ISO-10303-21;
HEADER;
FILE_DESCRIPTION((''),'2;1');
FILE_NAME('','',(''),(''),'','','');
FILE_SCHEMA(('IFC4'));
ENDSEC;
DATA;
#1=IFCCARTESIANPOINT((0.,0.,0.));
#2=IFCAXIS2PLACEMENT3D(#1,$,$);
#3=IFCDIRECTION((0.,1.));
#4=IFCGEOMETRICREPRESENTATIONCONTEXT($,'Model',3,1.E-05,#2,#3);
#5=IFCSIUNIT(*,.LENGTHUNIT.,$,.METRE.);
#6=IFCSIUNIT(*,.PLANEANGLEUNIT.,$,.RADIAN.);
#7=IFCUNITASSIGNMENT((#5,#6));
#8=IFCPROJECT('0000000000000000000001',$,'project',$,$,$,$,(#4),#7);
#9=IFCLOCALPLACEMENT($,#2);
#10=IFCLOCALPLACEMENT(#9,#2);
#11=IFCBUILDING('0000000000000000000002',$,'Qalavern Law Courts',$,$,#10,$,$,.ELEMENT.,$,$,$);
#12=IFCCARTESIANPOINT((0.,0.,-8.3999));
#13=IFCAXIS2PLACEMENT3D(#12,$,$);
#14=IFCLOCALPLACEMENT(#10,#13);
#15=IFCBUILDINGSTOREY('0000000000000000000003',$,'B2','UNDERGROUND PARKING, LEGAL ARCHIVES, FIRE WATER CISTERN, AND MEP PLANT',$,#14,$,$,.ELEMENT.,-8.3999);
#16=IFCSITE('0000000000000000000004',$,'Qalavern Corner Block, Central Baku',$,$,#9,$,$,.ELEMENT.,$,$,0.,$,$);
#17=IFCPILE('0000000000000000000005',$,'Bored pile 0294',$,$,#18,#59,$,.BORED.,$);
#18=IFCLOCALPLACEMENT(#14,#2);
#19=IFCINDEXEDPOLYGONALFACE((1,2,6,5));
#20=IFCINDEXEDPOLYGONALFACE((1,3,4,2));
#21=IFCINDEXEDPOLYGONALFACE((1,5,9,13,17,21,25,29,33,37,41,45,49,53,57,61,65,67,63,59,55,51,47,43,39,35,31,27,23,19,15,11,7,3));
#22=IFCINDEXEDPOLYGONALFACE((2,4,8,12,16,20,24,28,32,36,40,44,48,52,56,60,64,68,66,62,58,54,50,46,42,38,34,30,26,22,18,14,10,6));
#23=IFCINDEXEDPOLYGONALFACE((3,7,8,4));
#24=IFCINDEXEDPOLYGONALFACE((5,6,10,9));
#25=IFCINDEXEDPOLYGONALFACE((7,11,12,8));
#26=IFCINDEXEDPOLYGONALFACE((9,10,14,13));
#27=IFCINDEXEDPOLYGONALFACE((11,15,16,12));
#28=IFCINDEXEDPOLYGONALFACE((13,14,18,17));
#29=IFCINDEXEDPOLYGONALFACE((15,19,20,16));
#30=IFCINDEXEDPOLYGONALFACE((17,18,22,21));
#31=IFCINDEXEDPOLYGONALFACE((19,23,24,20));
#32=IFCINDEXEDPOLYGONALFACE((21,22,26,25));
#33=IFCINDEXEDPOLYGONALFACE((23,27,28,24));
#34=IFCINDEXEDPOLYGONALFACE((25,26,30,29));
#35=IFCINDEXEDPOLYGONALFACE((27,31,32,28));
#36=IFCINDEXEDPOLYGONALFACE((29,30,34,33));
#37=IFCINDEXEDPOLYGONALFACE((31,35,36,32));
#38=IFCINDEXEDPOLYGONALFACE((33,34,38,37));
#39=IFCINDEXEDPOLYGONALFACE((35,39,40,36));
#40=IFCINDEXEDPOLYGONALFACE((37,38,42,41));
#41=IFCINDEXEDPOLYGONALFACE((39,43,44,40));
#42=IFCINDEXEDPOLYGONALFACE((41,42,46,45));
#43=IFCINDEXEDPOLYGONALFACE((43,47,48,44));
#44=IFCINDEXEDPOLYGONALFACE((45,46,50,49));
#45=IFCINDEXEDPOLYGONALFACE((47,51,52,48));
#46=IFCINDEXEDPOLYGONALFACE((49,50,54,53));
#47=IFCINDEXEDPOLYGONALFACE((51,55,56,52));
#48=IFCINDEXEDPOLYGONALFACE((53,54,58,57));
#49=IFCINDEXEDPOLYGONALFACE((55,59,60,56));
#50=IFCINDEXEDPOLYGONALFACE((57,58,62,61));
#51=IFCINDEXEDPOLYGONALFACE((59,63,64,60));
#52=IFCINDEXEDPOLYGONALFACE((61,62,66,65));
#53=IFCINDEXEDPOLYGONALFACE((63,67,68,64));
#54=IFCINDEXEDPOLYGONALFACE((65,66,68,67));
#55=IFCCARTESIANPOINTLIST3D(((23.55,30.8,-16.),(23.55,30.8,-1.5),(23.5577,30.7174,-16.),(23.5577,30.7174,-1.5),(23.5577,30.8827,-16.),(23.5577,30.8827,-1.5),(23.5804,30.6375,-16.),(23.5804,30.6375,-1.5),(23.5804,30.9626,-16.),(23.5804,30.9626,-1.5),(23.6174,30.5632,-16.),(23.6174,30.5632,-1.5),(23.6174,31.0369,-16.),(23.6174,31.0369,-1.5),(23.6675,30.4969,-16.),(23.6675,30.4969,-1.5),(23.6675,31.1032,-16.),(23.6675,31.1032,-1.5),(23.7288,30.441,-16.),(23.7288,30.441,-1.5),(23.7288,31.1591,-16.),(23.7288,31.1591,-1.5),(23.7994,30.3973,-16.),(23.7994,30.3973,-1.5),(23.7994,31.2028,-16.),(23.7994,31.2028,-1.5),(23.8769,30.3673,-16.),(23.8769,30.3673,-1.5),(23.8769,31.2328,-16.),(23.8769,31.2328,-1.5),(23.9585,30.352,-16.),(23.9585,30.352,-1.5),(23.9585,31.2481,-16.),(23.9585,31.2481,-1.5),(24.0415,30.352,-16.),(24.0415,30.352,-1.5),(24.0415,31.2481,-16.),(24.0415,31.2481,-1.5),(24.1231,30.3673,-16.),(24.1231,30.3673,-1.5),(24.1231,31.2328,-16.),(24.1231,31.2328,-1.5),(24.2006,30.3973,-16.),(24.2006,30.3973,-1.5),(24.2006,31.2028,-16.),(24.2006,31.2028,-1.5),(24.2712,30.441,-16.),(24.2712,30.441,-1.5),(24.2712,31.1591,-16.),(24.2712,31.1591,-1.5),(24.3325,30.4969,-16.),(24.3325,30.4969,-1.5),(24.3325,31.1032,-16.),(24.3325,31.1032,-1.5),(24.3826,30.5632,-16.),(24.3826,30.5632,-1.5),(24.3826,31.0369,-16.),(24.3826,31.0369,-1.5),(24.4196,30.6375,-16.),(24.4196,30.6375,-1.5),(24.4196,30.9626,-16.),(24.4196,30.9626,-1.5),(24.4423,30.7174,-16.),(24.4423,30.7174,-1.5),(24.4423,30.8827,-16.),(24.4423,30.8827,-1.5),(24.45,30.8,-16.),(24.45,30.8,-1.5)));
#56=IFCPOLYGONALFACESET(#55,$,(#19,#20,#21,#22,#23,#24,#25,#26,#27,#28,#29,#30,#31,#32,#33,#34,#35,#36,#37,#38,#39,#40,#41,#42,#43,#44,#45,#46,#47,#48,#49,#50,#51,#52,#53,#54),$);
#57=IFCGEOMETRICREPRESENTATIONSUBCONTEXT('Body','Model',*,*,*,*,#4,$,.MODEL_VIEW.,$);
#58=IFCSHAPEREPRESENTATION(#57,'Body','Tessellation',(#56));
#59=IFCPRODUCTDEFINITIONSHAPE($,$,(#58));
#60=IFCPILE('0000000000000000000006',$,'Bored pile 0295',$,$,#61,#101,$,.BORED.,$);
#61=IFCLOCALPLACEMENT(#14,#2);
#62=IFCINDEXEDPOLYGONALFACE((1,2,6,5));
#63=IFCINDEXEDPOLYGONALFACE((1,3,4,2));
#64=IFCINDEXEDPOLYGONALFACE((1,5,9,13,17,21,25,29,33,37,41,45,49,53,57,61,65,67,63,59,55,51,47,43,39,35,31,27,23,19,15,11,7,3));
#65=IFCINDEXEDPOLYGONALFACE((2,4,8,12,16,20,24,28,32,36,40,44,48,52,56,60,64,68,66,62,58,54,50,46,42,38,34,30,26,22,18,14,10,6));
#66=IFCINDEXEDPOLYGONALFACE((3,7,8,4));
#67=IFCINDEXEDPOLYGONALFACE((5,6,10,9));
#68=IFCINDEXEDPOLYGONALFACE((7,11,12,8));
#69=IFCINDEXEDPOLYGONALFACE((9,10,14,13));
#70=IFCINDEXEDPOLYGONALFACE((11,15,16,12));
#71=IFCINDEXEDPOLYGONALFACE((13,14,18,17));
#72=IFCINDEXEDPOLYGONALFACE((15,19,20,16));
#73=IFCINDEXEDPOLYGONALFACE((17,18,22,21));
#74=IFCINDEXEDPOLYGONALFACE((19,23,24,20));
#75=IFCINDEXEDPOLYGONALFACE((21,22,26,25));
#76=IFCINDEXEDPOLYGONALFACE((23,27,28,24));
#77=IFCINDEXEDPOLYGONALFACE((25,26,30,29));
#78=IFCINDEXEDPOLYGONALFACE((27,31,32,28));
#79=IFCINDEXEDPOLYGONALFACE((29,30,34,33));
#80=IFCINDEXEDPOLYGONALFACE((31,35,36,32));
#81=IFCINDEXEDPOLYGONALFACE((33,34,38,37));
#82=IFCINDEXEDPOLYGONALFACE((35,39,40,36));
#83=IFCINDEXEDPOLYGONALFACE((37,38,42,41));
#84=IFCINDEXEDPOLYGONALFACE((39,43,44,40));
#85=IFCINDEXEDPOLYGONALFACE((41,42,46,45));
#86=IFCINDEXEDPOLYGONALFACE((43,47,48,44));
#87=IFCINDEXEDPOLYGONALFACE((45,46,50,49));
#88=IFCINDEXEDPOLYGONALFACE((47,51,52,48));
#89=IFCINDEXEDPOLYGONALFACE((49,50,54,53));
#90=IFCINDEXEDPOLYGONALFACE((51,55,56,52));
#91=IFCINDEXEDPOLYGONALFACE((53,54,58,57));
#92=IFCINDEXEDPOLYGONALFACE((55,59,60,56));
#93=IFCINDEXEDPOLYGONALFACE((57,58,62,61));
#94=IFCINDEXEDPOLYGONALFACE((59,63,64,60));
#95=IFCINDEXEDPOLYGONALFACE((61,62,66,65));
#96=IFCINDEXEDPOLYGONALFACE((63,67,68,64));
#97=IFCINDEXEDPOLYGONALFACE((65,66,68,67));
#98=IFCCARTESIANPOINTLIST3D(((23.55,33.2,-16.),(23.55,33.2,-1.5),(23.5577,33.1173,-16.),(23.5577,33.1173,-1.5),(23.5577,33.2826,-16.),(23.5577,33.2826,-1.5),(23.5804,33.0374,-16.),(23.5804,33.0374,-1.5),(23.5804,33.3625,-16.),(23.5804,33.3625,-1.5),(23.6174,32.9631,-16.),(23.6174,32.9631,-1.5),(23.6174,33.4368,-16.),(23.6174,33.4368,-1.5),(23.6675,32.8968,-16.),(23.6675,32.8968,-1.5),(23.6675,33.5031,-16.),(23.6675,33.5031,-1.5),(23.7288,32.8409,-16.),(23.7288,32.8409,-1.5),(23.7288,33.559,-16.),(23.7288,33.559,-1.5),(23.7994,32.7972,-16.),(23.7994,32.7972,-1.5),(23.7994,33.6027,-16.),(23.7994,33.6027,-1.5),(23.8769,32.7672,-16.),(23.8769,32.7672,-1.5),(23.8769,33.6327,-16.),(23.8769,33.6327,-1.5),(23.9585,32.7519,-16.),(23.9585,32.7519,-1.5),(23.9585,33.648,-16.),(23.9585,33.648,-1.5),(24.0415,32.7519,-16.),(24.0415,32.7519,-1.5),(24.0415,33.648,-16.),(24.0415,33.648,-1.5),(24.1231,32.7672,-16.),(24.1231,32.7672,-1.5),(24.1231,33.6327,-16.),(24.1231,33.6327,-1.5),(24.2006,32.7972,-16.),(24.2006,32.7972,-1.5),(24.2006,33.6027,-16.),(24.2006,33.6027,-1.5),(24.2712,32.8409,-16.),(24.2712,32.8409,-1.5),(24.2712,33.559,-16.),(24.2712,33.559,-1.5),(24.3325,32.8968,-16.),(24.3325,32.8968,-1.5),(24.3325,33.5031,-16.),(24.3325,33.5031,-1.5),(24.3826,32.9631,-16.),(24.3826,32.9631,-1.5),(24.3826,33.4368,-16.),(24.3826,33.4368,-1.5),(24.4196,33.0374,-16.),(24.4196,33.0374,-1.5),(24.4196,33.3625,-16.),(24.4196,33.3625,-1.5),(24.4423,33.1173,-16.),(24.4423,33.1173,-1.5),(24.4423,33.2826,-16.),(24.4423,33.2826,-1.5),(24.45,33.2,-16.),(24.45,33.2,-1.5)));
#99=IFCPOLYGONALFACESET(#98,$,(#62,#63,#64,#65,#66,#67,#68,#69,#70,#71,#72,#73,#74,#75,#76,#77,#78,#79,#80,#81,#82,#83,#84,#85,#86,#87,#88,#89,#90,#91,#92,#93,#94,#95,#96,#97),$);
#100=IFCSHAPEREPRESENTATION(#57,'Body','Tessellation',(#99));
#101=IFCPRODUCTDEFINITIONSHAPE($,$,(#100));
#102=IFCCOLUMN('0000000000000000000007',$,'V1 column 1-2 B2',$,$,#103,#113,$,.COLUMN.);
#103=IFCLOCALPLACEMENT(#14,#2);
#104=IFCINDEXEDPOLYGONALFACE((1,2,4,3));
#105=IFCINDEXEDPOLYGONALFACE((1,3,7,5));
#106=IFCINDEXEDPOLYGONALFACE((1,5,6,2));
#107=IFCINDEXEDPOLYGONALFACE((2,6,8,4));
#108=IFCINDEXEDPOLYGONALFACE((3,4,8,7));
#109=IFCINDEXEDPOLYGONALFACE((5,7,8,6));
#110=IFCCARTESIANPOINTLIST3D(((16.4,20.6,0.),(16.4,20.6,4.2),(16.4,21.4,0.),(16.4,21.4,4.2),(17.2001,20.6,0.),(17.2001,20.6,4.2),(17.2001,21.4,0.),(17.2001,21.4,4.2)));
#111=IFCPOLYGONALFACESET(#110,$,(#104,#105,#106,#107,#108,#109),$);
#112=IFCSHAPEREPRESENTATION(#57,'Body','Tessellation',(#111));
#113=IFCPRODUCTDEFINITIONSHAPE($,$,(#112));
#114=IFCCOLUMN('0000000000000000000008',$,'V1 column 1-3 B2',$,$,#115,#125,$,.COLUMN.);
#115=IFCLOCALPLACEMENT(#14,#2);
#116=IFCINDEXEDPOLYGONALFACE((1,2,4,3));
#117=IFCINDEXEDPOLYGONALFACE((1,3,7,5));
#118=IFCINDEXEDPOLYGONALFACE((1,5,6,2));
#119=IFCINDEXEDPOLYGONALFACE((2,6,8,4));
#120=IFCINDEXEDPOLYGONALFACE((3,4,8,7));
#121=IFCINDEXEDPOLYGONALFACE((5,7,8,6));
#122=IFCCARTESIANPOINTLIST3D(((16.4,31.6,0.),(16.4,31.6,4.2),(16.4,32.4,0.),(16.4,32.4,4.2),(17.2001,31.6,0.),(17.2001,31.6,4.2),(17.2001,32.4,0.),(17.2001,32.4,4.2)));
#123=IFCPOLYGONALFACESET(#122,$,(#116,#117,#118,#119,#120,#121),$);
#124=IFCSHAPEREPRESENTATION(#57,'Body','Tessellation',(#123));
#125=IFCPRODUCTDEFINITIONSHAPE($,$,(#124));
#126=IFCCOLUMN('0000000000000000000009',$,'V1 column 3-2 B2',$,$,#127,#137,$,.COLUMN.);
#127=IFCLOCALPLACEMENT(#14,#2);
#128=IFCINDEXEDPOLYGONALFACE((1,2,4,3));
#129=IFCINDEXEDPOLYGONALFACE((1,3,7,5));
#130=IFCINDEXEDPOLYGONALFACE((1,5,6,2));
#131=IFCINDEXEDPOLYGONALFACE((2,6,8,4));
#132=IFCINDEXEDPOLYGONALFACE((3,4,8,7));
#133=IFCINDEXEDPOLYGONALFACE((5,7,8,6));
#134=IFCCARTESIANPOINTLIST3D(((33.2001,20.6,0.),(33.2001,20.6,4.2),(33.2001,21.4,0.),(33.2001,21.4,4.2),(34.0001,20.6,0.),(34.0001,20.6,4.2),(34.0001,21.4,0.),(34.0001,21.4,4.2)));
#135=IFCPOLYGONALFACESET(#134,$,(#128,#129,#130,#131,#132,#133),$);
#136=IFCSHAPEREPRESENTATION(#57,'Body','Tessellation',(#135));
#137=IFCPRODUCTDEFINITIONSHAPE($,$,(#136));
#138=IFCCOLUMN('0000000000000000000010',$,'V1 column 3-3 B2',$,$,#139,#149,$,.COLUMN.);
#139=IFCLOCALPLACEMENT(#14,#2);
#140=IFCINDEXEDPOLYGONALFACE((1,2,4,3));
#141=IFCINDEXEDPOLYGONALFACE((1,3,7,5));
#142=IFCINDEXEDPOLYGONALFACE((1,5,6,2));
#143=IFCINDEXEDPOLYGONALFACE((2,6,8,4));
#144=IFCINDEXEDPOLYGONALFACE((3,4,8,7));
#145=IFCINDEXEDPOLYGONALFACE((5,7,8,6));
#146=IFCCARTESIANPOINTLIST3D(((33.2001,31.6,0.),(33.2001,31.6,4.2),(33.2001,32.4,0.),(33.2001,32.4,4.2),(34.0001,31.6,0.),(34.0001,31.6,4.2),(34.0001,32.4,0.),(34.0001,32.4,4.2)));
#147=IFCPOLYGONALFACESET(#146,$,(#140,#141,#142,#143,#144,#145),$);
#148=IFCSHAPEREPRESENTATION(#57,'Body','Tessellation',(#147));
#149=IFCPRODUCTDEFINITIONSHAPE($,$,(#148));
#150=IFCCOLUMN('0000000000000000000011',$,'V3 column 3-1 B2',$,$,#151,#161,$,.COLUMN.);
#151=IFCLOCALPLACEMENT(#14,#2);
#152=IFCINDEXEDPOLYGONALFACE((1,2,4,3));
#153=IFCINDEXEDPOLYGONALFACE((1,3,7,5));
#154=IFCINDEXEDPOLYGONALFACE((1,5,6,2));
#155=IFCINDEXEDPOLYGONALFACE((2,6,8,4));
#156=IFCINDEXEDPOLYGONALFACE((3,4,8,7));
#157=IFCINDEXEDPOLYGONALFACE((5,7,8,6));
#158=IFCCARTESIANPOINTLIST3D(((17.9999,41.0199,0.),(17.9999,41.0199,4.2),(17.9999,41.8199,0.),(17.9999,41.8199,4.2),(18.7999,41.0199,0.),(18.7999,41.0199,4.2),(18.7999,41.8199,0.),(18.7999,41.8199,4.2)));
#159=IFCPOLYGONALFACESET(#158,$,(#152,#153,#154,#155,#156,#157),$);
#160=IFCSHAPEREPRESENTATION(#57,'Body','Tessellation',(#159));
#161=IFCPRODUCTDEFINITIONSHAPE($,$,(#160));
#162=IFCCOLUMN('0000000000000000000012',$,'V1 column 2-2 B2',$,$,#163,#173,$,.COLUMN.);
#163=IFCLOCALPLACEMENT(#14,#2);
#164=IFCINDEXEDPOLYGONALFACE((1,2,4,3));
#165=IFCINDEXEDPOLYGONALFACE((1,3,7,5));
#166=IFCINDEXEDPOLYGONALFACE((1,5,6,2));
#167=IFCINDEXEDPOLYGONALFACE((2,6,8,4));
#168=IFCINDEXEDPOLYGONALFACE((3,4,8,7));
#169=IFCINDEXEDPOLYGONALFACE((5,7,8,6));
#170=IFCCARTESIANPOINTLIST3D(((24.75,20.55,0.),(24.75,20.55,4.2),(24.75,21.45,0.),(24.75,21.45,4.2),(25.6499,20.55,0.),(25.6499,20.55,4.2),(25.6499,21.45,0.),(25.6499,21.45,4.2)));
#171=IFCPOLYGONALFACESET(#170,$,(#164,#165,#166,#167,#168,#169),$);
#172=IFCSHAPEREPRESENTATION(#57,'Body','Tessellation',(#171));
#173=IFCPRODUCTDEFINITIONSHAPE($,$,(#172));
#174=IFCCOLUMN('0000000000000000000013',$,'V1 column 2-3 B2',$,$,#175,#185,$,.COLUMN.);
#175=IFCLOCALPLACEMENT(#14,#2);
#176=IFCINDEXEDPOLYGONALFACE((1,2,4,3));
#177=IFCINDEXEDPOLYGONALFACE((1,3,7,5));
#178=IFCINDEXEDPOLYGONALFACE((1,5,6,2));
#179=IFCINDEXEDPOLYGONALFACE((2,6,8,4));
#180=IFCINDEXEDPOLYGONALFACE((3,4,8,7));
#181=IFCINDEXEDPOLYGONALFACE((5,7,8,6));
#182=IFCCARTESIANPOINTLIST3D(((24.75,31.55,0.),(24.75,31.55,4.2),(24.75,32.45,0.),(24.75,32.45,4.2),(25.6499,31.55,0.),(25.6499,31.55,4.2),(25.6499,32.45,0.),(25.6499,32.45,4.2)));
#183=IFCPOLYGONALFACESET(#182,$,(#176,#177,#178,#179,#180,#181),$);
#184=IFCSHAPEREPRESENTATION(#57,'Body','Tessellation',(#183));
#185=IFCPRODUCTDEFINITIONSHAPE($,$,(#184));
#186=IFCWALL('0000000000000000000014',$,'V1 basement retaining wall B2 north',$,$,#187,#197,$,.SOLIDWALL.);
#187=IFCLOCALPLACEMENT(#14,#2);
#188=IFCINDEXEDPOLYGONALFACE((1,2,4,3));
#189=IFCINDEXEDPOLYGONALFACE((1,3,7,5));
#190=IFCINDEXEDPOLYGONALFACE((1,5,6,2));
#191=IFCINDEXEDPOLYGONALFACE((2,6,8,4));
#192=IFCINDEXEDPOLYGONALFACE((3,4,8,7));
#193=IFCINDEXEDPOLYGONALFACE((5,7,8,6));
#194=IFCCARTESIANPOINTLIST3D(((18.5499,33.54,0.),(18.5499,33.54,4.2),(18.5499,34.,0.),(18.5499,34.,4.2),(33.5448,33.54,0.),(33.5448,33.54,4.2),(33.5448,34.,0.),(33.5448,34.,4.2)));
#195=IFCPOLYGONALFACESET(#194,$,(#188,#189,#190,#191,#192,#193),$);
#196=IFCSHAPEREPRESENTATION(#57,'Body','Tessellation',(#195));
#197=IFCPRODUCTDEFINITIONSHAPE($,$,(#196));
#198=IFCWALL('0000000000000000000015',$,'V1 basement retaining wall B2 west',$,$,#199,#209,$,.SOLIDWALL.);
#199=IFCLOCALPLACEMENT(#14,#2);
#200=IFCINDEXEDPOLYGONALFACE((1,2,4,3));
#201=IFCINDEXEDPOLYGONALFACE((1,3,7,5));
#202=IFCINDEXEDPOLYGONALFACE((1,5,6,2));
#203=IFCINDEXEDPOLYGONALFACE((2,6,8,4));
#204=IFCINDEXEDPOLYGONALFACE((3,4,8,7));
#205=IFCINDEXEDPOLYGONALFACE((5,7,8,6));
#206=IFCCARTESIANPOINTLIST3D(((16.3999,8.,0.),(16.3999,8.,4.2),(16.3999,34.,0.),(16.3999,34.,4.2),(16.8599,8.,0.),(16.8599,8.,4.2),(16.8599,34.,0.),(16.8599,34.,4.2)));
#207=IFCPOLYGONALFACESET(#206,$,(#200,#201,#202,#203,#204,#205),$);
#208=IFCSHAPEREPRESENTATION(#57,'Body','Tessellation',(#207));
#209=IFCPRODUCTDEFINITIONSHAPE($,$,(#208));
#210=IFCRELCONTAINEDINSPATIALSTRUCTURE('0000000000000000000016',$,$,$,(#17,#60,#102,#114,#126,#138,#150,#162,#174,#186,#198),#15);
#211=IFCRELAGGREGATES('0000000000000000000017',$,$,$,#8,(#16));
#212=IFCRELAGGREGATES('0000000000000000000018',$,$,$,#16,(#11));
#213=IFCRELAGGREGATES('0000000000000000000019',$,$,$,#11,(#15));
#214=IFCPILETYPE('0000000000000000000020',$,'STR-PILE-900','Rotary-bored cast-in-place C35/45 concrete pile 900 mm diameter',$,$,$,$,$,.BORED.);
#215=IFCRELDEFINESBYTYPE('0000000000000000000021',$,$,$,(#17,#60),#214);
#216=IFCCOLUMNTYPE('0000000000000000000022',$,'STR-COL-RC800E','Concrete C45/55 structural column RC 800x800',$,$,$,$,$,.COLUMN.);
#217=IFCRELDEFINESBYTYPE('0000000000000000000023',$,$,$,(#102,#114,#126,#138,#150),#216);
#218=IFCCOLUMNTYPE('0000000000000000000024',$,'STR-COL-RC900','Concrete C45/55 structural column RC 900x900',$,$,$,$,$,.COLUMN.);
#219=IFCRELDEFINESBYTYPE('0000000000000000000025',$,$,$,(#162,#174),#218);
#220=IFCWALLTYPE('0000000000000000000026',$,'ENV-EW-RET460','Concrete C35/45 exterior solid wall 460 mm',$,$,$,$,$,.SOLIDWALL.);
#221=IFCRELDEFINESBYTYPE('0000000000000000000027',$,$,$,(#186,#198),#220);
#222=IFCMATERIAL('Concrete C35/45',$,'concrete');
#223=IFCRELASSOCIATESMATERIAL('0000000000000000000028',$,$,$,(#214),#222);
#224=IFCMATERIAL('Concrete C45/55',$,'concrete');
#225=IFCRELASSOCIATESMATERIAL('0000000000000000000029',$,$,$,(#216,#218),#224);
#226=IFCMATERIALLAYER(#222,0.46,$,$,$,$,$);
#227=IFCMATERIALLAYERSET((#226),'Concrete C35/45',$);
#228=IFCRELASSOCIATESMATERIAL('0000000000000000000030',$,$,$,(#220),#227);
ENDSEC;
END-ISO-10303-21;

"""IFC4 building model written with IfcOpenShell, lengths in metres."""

from ifc_helpers import new_model, si_unit, direction, frame, frame_2d, origin, origin_2d, place, context, subcontext, project, spatial, rectangle, circle, extrude, material, layer, layer_set, material_profile, profile_set, type_object, element, save


model = new_model("IFC4")

# Units and contexts
model_context = context("Model", 3, precision=1e-05, world=origin(), true_north=direction((0.0, 1.0)))
body_context = subcontext(model_context, "Body", "Model", "MODEL_VIEW")
ifc_project = project(units=[si_unit("LENGTHUNIT", "METRE"), si_unit("PLANEANGLEUNIT", "RADIAN")], contexts=[model_context])

# Site, building, storey
site_placement = place(None, origin())
site = spatial("IfcSite", under=ifc_project, at=site_placement, Name="Qalavern Corner Block, Central Baku", CompositionType="ELEMENT", RefElevation=0.0)
building_placement = place(site_placement, origin())
building = spatial("IfcBuilding", under=site, at=building_placement, Name="Qalavern Law Courts", CompositionType="ELEMENT")
storey_placement = place(building_placement, frame((0.0, 0.0, -8.3999)))
storey = spatial("IfcBuildingStorey", under=building, at=storey_placement, Name="B2", Description="UNDERGROUND PARKING, LEGAL ARCHIVES, FIRE WATER CISTERN, AND MEP PLANT", CompositionType="ELEMENT", Elevation=-8.3999)

# Shared definitions
ifc_material_1 = material(Name="Concrete C35/45", Category="concrete")

# Piles
ifc_material_profile_1 = material_profile(ifc_material_1, circle(Radius=0.45, at=origin_2d()), Name="BORED PILE 900")
ifc_profile_set_1 = profile_set([ifc_material_profile_1], Name="Concrete C35/45")
pile_type_1 = type_object("IfcPileType", Name="STR-PILE-900", Description="Rotary-bored cast-in-place C35/45 concrete pile 900 mm diameter", PredefinedType="BORED", material=ifc_profile_set_1)
for number, where, z_axis, x_axis, name in (
    (1, (24.0, 30.8, -1.5), (0.0, 0.0, -1.0), (1.0, 0.0, 0.0), "Bored pile 0294"),
    (2, (24.0, 33.2, -1.5), (0.0, 0.0, -1.0), (1.0, 0.0, 0.0), "Bored pile 0295"),
):
    element("IfcPile", number, at=place(storey_placement, frame(where, z_axis=z_axis, x_axis=x_axis)), inside=storey, type_object=pile_type_1, Name=name, PredefinedType="BORED", context=body_context, shape_type="SweptSolid", body=[
        extrude(circle(Radius=0.45, at=origin_2d()), origin(), (0.0, 0.0, 1.0), 14.5),
    ])

# Columns
ifc_material_2 = material(Name="Concrete C45/55", Category="concrete")
ifc_material_profile_2 = material_profile(ifc_material_2, rectangle(XDim=0.8, YDim=0.8, at=origin_2d()), Name="RC 800x800")
ifc_profile_set_2 = profile_set([ifc_material_profile_2], Name="Concrete C45/55")
column_type_1 = type_object("IfcColumnType", Name="STR-COL-RC800E", Description="Concrete C45/55 structural column RC 800x800", PredefinedType="COLUMN", material=ifc_profile_set_2)
for number, where, z_axis, x_axis, name in (
    (3, (16.8, 21.0, 0.0), (0.0, 0.0, 1.0), (1.0, 0.0, 0.0), "V1 column 1-2 B2"),
    (4, (16.8, 32.0, 0.0), (0.0, 0.0, 1.0), (1.0, 0.0, 0.0), "V1 column 1-3 B2"),
    (5, (33.6001, 21.0, 0.0), (0.0, 0.0, 1.0), (1.0, 0.0, 0.0), "V1 column 3-2 B2"),
    (6, (33.6001, 32.0, 0.0), (0.0, 0.0, 1.0), (1.0, 0.0, 0.0), "V1 column 3-3 B2"),
    (7, (18.3999, 41.4199, 0.0), (0.0, 0.0, 1.0), (1.0, 0.0, 0.0), "V3 column 3-1 B2"),
):
    element("IfcColumn", number, at=place(storey_placement, frame(where, z_axis=z_axis, x_axis=x_axis)), inside=storey, type_object=column_type_1, Name=name, PredefinedType="COLUMN", context=body_context, shape_type="SweptSolid", body=[
        extrude(rectangle(XDim=0.8, YDim=0.8, at=origin_2d()), origin(), (0.0, 0.0, 1.0), 4.2),
    ])
ifc_material_profile_3 = material_profile(ifc_material_2, rectangle(XDim=0.8999, YDim=0.8999, at=origin_2d()), Name="RC 900x900")
ifc_profile_set_3 = profile_set([ifc_material_profile_3], Name="Concrete C45/55")
column_type_2 = type_object("IfcColumnType", Name="STR-COL-RC900", Description="Concrete C45/55 structural column RC 900x900", PredefinedType="COLUMN", material=ifc_profile_set_3)
for number, where, z_axis, x_axis, name in (
    (8, (25.2, 21.0, 0.0), (0.0, 0.0, 1.0), (1.0, 0.0, 0.0), "V1 column 2-2 B2"),
    (9, (25.2, 32.0, 0.0), (0.0, 0.0, 1.0), (1.0, 0.0, 0.0), "V1 column 2-3 B2"),
):
    element("IfcColumn", number, at=place(storey_placement, frame(where, z_axis=z_axis, x_axis=x_axis)), inside=storey, type_object=column_type_2, Name=name, PredefinedType="COLUMN", context=body_context, shape_type="SweptSolid", body=[
        extrude(rectangle(XDim=0.8999, YDim=0.8999, at=origin_2d()), origin(), (0.0, 0.0, 1.0), 4.2),
    ])

# Walls
ifc_layer = layer(ifc_material_1, 0.46)
ifc_layer_set = layer_set([ifc_layer], Name="Concrete C35/45")
wall_type = type_object("IfcWallType", Name="ENV-EW-RET460", Description="Concrete C35/45 exterior solid wall 460 mm", PredefinedType="SOLIDWALL", material=ifc_layer_set)
wall_1_placement = place(storey_placement, frame((33.5449, 33.77, 0.0), z_axis=(0.0, 0.0, 1.0), x_axis=(-1.0, 0.0, 0.0)))
element("IfcWall", 10, at=wall_1_placement, inside=storey, type_object=wall_type, Name="V1 basement retaining wall B2 north", PredefinedType="SOLIDWALL", context=body_context, shape_type="SweptSolid", body=[
    extrude(rectangle(XDim=14.9949, YDim=0.46, at=frame_2d((7.4976, 0.0))), origin(), (0.0, 0.0, 1.0), 4.2),
])
wall_2_placement = place(storey_placement, frame((16.6299, 34.0, 0.0), z_axis=(0.0, 0.0, 1.0), x_axis=(0.0, -1.0, 0.0)))
element("IfcWall", 11, at=wall_2_placement, inside=storey, type_object=wall_type, Name="V1 basement retaining wall B2 west", PredefinedType="SOLIDWALL", context=body_context, shape_type="SweptSolid", body=[
    extrude(rectangle(XDim=26.0, YDim=0.46, at=frame_2d((13.0, 0.0))), origin(), (0.0, 0.0, 1.0), 4.2),
])

save(model, "model.ifc")
